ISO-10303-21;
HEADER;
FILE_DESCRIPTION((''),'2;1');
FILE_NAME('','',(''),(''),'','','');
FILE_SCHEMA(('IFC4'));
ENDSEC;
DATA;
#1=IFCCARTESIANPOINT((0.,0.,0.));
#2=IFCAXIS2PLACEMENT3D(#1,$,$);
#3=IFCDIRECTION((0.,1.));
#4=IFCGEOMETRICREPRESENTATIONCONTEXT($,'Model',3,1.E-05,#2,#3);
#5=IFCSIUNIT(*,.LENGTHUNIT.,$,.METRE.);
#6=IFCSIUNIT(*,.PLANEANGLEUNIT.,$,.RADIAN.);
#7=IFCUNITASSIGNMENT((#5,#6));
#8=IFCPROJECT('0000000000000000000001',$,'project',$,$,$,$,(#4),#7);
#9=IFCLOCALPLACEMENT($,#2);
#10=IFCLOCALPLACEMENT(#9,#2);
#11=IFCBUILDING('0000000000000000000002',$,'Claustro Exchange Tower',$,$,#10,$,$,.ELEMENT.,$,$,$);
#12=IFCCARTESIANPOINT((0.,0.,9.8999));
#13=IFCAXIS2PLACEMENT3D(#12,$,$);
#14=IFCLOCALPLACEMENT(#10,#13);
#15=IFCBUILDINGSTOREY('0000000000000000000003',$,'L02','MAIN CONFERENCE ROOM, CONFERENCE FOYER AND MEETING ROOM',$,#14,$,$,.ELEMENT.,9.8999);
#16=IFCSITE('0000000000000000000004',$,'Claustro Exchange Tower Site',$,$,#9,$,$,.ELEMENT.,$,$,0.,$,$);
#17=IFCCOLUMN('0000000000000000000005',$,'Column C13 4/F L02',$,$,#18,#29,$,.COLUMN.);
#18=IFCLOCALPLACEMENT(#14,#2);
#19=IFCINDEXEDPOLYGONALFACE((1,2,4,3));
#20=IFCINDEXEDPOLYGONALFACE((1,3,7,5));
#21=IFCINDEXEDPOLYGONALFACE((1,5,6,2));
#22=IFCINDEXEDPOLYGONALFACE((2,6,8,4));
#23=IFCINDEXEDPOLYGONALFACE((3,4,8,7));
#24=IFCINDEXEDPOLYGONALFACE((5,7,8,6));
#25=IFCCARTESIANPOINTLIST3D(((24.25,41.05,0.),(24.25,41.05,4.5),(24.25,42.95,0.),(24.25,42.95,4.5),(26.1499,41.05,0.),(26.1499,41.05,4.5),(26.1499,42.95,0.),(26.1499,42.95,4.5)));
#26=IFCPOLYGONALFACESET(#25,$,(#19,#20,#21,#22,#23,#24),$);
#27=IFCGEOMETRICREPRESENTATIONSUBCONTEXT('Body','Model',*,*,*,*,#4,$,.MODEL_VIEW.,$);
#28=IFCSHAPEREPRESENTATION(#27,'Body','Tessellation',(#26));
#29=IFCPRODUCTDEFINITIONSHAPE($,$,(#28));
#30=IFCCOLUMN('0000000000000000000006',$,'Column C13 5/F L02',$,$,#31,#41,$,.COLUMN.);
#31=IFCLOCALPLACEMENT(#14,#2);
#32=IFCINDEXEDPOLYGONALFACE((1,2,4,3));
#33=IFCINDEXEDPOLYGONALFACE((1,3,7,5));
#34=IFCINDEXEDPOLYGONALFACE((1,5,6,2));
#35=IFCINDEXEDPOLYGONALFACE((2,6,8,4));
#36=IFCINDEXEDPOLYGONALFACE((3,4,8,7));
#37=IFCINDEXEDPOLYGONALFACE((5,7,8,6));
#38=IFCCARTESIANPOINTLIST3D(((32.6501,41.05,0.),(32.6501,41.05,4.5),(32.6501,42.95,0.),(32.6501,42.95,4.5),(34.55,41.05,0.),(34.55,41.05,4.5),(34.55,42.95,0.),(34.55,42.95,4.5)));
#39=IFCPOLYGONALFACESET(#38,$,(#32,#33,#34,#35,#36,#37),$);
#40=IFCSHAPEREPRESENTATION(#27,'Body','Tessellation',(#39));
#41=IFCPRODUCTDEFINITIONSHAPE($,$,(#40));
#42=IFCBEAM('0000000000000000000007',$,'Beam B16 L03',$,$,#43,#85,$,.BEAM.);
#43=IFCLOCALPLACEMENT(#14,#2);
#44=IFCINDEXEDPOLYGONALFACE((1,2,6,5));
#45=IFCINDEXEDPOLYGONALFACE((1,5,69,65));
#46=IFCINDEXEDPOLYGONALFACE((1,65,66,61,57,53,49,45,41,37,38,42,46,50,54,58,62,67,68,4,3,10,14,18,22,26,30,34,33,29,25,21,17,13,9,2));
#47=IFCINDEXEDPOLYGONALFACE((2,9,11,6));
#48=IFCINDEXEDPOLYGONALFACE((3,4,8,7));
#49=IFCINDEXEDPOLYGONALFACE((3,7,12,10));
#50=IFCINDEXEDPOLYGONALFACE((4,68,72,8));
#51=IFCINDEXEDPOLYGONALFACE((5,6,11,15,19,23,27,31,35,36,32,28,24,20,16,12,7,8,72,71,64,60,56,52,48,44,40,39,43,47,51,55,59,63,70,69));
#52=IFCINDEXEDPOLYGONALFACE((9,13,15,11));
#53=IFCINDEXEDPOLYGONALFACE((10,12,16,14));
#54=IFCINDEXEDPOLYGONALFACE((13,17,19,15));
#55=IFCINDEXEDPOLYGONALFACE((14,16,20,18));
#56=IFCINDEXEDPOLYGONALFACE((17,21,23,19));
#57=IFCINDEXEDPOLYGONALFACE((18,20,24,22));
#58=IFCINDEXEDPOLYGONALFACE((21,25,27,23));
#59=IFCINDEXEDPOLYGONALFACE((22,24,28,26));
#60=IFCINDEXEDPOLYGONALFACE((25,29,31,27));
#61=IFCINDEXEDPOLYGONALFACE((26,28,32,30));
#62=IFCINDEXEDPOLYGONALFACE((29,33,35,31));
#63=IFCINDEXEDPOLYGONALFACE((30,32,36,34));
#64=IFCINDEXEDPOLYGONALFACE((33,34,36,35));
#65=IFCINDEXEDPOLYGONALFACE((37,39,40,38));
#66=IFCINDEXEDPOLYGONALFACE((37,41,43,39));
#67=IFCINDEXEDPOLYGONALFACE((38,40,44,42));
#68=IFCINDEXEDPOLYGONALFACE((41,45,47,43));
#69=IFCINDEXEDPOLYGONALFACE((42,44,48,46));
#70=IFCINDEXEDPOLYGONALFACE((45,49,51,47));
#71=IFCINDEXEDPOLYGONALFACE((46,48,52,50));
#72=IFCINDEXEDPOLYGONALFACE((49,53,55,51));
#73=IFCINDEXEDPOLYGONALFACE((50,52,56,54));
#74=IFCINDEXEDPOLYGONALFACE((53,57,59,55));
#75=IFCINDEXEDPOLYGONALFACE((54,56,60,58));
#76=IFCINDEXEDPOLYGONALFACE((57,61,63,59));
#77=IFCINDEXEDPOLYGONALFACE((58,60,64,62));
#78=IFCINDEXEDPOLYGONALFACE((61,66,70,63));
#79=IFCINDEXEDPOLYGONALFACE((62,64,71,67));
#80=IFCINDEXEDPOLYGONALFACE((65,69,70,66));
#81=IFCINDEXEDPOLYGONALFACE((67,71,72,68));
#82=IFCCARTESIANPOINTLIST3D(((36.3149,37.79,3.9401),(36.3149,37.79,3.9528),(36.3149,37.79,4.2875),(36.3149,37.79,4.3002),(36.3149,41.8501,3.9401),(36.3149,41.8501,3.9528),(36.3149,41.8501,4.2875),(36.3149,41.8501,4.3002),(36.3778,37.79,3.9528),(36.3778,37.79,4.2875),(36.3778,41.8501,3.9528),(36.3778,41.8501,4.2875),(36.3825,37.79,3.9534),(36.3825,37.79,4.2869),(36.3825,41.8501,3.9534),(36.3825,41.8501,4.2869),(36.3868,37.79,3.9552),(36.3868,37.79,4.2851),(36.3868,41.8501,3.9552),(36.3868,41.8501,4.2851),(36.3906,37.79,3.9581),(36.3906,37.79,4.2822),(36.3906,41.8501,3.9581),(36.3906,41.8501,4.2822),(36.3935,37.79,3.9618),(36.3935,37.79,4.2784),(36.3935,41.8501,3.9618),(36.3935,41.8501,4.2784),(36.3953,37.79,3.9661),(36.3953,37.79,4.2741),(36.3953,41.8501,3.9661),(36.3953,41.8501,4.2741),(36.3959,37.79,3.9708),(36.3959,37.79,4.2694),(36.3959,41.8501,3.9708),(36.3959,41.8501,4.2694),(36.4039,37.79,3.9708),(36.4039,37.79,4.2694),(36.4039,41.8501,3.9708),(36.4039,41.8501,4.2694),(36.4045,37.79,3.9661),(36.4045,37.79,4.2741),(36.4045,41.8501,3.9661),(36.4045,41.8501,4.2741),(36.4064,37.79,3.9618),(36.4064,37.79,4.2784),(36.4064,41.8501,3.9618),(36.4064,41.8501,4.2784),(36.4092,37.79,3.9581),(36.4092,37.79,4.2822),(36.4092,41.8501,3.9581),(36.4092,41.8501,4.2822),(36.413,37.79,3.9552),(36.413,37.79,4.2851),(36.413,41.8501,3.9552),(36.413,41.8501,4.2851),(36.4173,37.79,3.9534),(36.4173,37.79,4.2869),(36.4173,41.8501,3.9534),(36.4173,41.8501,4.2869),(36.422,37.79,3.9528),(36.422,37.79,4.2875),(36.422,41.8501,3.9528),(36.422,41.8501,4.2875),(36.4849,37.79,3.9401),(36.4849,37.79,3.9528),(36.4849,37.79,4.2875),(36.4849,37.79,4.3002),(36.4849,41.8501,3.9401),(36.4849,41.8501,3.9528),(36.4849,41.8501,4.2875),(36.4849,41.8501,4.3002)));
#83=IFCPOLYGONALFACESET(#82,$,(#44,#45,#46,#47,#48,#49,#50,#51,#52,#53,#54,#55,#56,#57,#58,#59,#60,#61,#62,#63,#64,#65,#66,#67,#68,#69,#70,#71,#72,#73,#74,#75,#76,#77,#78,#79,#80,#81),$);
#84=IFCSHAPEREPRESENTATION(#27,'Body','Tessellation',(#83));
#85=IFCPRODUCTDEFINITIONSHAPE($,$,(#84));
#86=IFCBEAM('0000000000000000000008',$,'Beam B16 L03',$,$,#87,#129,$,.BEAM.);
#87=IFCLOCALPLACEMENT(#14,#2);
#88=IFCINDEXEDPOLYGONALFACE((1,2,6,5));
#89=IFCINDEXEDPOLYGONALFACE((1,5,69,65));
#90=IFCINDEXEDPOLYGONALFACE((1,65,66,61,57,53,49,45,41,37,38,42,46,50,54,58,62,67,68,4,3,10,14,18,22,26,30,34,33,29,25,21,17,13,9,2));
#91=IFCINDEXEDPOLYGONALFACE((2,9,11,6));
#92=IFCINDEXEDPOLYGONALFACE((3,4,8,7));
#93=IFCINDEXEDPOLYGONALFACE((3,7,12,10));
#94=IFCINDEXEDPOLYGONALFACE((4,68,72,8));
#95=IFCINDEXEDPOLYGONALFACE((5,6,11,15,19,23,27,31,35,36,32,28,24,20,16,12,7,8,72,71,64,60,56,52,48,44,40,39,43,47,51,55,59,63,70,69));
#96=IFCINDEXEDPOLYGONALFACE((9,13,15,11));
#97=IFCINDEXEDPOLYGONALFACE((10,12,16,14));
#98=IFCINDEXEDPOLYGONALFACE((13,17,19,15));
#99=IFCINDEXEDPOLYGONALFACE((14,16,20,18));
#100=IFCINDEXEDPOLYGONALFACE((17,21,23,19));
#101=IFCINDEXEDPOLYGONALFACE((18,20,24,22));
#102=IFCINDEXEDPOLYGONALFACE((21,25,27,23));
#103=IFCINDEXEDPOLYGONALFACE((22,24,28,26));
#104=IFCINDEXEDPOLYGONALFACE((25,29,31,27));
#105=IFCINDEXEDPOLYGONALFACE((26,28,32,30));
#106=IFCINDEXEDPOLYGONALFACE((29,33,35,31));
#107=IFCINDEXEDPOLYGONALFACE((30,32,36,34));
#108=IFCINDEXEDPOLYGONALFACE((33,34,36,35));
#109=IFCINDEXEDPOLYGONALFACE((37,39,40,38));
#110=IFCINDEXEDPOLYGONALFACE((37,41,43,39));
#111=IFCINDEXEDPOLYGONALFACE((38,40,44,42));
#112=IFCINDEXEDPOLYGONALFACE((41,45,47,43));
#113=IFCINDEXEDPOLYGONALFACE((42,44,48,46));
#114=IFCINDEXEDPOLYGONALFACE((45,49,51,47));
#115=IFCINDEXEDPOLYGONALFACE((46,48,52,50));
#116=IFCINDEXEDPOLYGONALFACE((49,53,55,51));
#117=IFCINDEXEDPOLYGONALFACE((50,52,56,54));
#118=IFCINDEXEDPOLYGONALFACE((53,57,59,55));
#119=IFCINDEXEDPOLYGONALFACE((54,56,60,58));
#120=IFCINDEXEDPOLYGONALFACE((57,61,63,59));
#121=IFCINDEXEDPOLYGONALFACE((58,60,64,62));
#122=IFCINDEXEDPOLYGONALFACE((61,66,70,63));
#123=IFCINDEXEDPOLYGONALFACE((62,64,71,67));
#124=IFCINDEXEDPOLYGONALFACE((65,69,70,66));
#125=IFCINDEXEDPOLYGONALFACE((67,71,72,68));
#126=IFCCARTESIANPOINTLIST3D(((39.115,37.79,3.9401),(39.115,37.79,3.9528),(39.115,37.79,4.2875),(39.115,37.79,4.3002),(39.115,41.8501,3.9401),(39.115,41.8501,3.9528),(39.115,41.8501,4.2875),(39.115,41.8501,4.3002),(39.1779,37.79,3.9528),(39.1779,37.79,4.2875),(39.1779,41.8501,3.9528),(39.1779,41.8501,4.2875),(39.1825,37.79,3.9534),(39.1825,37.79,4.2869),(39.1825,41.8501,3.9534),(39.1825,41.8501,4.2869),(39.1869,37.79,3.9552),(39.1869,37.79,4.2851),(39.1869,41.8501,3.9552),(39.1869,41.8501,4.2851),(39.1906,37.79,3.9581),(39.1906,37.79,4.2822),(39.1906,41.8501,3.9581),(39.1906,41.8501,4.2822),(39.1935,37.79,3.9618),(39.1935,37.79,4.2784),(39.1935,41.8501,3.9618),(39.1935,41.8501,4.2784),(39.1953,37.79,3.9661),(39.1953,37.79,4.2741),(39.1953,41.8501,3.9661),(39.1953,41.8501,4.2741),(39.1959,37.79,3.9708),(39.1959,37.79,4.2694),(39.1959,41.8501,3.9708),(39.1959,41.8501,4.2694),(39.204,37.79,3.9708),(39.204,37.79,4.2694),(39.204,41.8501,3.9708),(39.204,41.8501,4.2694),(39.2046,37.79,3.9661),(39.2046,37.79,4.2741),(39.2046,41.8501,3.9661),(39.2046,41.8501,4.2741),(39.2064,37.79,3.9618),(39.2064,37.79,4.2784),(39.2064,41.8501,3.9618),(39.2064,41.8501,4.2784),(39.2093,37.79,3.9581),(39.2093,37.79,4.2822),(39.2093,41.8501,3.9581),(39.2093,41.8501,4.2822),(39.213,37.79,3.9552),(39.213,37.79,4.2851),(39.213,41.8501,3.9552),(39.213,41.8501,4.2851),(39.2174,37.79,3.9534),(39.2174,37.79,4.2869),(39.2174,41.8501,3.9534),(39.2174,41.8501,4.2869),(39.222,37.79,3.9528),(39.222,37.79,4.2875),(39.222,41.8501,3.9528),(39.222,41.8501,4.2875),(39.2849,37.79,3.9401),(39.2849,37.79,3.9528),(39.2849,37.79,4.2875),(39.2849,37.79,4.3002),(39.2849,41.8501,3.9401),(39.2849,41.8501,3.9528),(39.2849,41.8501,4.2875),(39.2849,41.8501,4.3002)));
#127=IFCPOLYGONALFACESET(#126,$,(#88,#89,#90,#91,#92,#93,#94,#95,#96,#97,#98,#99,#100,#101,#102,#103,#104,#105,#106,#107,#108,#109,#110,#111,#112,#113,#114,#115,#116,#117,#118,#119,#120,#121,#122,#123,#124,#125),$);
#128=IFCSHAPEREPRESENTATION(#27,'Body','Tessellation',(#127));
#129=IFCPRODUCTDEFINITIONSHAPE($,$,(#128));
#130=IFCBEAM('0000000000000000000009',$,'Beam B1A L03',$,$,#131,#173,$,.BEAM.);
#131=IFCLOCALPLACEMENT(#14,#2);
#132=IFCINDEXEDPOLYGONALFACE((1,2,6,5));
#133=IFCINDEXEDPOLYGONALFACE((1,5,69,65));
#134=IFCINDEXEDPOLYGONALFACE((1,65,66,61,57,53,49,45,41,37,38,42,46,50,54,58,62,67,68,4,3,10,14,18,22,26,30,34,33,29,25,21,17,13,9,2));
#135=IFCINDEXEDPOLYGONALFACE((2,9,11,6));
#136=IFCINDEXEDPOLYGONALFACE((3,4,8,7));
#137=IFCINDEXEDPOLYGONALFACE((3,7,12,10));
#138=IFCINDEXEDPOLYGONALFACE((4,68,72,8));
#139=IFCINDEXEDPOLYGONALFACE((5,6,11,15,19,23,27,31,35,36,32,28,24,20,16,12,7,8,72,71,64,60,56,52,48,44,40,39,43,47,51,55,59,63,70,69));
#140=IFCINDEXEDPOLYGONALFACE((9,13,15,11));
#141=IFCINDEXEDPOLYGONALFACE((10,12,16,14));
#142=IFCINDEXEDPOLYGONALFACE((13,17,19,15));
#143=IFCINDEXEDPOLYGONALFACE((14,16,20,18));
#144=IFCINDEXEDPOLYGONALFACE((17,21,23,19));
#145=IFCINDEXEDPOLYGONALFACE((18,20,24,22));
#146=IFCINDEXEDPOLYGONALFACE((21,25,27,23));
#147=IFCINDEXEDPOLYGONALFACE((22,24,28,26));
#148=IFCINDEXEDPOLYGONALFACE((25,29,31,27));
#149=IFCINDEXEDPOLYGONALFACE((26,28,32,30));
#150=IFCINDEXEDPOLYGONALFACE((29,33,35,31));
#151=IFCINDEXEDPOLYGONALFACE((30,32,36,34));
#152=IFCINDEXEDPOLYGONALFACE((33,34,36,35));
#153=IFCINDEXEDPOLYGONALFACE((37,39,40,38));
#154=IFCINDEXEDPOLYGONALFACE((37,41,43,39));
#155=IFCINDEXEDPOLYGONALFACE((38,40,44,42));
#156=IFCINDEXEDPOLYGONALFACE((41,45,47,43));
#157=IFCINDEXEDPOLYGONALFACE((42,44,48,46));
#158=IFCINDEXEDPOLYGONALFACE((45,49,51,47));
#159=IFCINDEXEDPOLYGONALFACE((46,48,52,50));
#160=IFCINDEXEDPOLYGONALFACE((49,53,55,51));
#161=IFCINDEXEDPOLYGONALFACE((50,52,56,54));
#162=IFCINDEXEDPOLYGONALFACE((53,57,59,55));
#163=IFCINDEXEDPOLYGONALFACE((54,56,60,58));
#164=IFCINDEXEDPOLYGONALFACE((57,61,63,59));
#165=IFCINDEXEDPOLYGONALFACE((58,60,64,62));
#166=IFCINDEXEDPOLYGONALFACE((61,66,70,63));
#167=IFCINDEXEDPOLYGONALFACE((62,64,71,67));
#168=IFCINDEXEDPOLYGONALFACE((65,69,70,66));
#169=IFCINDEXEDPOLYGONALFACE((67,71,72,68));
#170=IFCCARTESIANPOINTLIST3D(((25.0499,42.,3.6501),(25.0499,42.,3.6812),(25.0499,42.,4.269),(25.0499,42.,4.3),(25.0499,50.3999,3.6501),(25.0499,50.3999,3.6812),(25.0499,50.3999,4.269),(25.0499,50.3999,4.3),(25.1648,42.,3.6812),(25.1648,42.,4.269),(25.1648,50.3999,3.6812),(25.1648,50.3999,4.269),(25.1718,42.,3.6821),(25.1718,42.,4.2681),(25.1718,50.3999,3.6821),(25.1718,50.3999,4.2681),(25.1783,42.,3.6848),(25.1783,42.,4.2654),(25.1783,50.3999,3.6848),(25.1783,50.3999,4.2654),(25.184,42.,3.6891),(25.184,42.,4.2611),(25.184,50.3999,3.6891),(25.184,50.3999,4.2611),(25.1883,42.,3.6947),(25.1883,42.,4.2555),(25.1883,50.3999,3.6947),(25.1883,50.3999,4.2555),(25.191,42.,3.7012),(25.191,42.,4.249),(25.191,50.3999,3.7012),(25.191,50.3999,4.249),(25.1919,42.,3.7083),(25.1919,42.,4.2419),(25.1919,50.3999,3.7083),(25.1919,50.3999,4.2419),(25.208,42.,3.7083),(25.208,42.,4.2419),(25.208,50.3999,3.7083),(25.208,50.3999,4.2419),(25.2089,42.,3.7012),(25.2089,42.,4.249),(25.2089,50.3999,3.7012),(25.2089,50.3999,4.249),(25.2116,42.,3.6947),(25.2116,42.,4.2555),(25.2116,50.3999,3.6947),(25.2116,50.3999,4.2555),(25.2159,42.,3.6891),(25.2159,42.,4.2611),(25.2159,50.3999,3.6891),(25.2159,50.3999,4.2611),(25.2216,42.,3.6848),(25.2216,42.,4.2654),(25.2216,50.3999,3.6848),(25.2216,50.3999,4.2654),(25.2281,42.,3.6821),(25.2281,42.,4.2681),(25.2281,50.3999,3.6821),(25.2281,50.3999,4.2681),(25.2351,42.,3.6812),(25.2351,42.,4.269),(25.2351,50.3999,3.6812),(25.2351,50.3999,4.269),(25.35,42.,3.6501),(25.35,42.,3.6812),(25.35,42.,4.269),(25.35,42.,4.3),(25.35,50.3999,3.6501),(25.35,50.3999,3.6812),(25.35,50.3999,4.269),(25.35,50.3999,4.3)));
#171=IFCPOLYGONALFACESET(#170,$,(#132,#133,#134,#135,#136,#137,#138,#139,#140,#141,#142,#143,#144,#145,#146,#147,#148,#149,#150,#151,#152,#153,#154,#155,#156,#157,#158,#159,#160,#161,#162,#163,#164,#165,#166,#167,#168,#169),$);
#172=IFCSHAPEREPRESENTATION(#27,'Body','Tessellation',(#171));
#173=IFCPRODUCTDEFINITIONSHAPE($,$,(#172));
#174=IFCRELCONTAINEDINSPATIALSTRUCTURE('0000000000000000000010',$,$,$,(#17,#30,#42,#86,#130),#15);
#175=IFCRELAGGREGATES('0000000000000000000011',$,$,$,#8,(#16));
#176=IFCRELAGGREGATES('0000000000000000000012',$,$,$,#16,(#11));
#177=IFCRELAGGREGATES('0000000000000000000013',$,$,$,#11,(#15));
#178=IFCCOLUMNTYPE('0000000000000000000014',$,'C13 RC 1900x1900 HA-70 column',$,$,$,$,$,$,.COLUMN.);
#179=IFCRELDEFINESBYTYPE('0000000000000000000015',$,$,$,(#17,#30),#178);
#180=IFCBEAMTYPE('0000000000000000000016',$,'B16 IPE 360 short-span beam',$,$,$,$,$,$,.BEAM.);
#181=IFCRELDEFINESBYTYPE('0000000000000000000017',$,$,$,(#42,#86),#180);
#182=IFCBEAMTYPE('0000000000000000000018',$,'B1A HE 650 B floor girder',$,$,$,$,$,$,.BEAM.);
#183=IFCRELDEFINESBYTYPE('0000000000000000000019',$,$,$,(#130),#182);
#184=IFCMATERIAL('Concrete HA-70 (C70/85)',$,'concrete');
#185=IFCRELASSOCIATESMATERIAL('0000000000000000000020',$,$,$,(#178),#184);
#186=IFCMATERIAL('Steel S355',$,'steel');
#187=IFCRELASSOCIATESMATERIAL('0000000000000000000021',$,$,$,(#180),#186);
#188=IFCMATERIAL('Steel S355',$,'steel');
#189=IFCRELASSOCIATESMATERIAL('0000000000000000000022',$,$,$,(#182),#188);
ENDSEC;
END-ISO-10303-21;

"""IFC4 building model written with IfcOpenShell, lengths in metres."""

from ifc_helpers import new_model, si_unit, direction, frame, origin, origin_2d, place, context, subcontext, project, spatial, rectangle, i_section, extrude, material, material_profile, profile_set, type_object, element, save


model = new_model("IFC4")

# Units and contexts
model_context = context("Model", 3, precision=1e-05, world=origin(), true_north=direction((0.0, 1.0)))
body_context = subcontext(model_context, "Body", "Model", "MODEL_VIEW")
ifc_project = project(units=[si_unit("LENGTHUNIT", "METRE"), si_unit("PLANEANGLEUNIT", "RADIAN")], contexts=[model_context])

# Site, building, storey
site_placement = place(None, origin())
site = spatial("IfcSite", under=ifc_project, at=site_placement, Name="Claustro Exchange Tower Site", CompositionType="ELEMENT", RefElevation=0.0)
building_placement = place(site_placement, origin())
building = spatial("IfcBuilding", under=site, at=building_placement, Name="Claustro Exchange Tower", CompositionType="ELEMENT")
storey_placement = place(building_placement, frame((0.0, 0.0, 9.8999)))
storey = spatial("IfcBuildingStorey", under=building, at=storey_placement, Name="L02", Description="MAIN CONFERENCE ROOM, CONFERENCE FOYER AND MEETING ROOM", CompositionType="ELEMENT", Elevation=9.8999)

# Columns
ifc_material_1 = material(Name="Concrete HA-70 (C70/85)", Category="concrete")
ifc_material_profile_1 = material_profile(ifc_material_1, rectangle(XDim=1.8999, YDim=1.8999, at=origin_2d()), Name="RC 1900x1900")
ifc_profile_set_1 = profile_set([ifc_material_profile_1], Name="Concrete HA-70 (C70/85)")
column_type = type_object("IfcColumnType", Name="C13 RC 1900x1900 HA-70 column", PredefinedType="COLUMN", material=ifc_profile_set_1)
for number, where, z_axis, x_axis, name in (
    (1, (25.2, 42.0, 0.0), (0.0, 0.0, 1.0), (1.0, 0.0, 0.0), "Column C13 4/F L02"),
    (2, (33.6001, 42.0, 0.0), (0.0, 0.0, 1.0), (1.0, 0.0, 0.0), "Column C13 5/F L02"),
):
    element("IfcColumn", number, at=place(storey_placement, frame(where, z_axis=z_axis, x_axis=x_axis)), inside=storey, type_object=column_type, Name=name, PredefinedType="COLUMN", context=body_context, shape_type="SweptSolid", body=[
        extrude(rectangle(XDim=1.8999, YDim=1.8999, at=origin_2d()), origin(), (0.0, 0.0, 1.0), 4.5),
    ])

# Beams
ifc_material_2 = material(Name="Steel S355", Category="steel")
ifc_material_profile_2 = material_profile(ifc_material_2, i_section(OverallWidth=0.1699, OverallDepth=0.3601, WebThickness=0.0081, FlangeThickness=0.0127, FilletRadius=0.0181, at=origin_2d()), Name="IPE 360")
ifc_profile_set_2 = profile_set([ifc_material_profile_2], Name="Steel S355")
beam_type_1 = type_object("IfcBeamType", Name="B16 IPE 360 short-span beam", PredefinedType="BEAM", material=ifc_profile_set_2)
for number, where, z_axis, x_axis, name in (
    (3, (36.3999, 37.79, 4.1201), (0.0, 1.0, 0.0), (-1.0, 0.0, 0.0), "Beam B16 L03"),
    (4, (39.2, 37.79, 4.1201), (0.0, 1.0, 0.0), (-1.0, 0.0, 0.0), "Beam B16 L03"),
):
    element("IfcBeam", number, at=place(storey_placement, frame(where, z_axis=z_axis, x_axis=x_axis)), inside=storey, type_object=beam_type_1, Name=name, PredefinedType="BEAM", context=body_context, shape_type="SweptSolid", body=[
        extrude(i_section(OverallWidth=0.1699, OverallDepth=0.3601, WebThickness=0.0081, FlangeThickness=0.0127, FilletRadius=0.0181, at=origin_2d()), origin(), (0.0, 0.0, 1.0), 4.0601),
    ])
ifc_material_3 = material(Name="Steel S355", Category="steel")
ifc_material_profile_3 = material_profile(ifc_material_3, i_section(OverallWidth=0.3, OverallDepth=0.6499, WebThickness=0.0161, FlangeThickness=0.031, FilletRadius=0.0271, at=origin_2d()), Name="HE 650 B")
ifc_profile_set_3 = profile_set([ifc_material_profile_3], Name="Steel S355")
beam_type_2 = type_object("IfcBeamType", Name="B1A HE 650 B floor girder", PredefinedType="BEAM", material=ifc_profile_set_3)
for number, where, z_axis, x_axis, name in (
    (5, (25.2, 42.0, 3.9751), (0.0, 1.0, 0.0), (-1.0, 0.0, 0.0), "Beam B1A L03"),
):
    element("IfcBeam", number, at=place(storey_placement, frame(where, z_axis=z_axis, x_axis=x_axis)), inside=storey, type_object=beam_type_2, Name=name, PredefinedType="BEAM", context=body_context, shape_type="SweptSolid", body=[
        extrude(i_section(OverallWidth=0.3, OverallDepth=0.6499, WebThickness=0.0161, FlangeThickness=0.031, FilletRadius=0.0271, at=origin_2d()), origin(), (0.0, 0.0, 1.0), 8.3999),
    ])

save(model, "model.ifc")
